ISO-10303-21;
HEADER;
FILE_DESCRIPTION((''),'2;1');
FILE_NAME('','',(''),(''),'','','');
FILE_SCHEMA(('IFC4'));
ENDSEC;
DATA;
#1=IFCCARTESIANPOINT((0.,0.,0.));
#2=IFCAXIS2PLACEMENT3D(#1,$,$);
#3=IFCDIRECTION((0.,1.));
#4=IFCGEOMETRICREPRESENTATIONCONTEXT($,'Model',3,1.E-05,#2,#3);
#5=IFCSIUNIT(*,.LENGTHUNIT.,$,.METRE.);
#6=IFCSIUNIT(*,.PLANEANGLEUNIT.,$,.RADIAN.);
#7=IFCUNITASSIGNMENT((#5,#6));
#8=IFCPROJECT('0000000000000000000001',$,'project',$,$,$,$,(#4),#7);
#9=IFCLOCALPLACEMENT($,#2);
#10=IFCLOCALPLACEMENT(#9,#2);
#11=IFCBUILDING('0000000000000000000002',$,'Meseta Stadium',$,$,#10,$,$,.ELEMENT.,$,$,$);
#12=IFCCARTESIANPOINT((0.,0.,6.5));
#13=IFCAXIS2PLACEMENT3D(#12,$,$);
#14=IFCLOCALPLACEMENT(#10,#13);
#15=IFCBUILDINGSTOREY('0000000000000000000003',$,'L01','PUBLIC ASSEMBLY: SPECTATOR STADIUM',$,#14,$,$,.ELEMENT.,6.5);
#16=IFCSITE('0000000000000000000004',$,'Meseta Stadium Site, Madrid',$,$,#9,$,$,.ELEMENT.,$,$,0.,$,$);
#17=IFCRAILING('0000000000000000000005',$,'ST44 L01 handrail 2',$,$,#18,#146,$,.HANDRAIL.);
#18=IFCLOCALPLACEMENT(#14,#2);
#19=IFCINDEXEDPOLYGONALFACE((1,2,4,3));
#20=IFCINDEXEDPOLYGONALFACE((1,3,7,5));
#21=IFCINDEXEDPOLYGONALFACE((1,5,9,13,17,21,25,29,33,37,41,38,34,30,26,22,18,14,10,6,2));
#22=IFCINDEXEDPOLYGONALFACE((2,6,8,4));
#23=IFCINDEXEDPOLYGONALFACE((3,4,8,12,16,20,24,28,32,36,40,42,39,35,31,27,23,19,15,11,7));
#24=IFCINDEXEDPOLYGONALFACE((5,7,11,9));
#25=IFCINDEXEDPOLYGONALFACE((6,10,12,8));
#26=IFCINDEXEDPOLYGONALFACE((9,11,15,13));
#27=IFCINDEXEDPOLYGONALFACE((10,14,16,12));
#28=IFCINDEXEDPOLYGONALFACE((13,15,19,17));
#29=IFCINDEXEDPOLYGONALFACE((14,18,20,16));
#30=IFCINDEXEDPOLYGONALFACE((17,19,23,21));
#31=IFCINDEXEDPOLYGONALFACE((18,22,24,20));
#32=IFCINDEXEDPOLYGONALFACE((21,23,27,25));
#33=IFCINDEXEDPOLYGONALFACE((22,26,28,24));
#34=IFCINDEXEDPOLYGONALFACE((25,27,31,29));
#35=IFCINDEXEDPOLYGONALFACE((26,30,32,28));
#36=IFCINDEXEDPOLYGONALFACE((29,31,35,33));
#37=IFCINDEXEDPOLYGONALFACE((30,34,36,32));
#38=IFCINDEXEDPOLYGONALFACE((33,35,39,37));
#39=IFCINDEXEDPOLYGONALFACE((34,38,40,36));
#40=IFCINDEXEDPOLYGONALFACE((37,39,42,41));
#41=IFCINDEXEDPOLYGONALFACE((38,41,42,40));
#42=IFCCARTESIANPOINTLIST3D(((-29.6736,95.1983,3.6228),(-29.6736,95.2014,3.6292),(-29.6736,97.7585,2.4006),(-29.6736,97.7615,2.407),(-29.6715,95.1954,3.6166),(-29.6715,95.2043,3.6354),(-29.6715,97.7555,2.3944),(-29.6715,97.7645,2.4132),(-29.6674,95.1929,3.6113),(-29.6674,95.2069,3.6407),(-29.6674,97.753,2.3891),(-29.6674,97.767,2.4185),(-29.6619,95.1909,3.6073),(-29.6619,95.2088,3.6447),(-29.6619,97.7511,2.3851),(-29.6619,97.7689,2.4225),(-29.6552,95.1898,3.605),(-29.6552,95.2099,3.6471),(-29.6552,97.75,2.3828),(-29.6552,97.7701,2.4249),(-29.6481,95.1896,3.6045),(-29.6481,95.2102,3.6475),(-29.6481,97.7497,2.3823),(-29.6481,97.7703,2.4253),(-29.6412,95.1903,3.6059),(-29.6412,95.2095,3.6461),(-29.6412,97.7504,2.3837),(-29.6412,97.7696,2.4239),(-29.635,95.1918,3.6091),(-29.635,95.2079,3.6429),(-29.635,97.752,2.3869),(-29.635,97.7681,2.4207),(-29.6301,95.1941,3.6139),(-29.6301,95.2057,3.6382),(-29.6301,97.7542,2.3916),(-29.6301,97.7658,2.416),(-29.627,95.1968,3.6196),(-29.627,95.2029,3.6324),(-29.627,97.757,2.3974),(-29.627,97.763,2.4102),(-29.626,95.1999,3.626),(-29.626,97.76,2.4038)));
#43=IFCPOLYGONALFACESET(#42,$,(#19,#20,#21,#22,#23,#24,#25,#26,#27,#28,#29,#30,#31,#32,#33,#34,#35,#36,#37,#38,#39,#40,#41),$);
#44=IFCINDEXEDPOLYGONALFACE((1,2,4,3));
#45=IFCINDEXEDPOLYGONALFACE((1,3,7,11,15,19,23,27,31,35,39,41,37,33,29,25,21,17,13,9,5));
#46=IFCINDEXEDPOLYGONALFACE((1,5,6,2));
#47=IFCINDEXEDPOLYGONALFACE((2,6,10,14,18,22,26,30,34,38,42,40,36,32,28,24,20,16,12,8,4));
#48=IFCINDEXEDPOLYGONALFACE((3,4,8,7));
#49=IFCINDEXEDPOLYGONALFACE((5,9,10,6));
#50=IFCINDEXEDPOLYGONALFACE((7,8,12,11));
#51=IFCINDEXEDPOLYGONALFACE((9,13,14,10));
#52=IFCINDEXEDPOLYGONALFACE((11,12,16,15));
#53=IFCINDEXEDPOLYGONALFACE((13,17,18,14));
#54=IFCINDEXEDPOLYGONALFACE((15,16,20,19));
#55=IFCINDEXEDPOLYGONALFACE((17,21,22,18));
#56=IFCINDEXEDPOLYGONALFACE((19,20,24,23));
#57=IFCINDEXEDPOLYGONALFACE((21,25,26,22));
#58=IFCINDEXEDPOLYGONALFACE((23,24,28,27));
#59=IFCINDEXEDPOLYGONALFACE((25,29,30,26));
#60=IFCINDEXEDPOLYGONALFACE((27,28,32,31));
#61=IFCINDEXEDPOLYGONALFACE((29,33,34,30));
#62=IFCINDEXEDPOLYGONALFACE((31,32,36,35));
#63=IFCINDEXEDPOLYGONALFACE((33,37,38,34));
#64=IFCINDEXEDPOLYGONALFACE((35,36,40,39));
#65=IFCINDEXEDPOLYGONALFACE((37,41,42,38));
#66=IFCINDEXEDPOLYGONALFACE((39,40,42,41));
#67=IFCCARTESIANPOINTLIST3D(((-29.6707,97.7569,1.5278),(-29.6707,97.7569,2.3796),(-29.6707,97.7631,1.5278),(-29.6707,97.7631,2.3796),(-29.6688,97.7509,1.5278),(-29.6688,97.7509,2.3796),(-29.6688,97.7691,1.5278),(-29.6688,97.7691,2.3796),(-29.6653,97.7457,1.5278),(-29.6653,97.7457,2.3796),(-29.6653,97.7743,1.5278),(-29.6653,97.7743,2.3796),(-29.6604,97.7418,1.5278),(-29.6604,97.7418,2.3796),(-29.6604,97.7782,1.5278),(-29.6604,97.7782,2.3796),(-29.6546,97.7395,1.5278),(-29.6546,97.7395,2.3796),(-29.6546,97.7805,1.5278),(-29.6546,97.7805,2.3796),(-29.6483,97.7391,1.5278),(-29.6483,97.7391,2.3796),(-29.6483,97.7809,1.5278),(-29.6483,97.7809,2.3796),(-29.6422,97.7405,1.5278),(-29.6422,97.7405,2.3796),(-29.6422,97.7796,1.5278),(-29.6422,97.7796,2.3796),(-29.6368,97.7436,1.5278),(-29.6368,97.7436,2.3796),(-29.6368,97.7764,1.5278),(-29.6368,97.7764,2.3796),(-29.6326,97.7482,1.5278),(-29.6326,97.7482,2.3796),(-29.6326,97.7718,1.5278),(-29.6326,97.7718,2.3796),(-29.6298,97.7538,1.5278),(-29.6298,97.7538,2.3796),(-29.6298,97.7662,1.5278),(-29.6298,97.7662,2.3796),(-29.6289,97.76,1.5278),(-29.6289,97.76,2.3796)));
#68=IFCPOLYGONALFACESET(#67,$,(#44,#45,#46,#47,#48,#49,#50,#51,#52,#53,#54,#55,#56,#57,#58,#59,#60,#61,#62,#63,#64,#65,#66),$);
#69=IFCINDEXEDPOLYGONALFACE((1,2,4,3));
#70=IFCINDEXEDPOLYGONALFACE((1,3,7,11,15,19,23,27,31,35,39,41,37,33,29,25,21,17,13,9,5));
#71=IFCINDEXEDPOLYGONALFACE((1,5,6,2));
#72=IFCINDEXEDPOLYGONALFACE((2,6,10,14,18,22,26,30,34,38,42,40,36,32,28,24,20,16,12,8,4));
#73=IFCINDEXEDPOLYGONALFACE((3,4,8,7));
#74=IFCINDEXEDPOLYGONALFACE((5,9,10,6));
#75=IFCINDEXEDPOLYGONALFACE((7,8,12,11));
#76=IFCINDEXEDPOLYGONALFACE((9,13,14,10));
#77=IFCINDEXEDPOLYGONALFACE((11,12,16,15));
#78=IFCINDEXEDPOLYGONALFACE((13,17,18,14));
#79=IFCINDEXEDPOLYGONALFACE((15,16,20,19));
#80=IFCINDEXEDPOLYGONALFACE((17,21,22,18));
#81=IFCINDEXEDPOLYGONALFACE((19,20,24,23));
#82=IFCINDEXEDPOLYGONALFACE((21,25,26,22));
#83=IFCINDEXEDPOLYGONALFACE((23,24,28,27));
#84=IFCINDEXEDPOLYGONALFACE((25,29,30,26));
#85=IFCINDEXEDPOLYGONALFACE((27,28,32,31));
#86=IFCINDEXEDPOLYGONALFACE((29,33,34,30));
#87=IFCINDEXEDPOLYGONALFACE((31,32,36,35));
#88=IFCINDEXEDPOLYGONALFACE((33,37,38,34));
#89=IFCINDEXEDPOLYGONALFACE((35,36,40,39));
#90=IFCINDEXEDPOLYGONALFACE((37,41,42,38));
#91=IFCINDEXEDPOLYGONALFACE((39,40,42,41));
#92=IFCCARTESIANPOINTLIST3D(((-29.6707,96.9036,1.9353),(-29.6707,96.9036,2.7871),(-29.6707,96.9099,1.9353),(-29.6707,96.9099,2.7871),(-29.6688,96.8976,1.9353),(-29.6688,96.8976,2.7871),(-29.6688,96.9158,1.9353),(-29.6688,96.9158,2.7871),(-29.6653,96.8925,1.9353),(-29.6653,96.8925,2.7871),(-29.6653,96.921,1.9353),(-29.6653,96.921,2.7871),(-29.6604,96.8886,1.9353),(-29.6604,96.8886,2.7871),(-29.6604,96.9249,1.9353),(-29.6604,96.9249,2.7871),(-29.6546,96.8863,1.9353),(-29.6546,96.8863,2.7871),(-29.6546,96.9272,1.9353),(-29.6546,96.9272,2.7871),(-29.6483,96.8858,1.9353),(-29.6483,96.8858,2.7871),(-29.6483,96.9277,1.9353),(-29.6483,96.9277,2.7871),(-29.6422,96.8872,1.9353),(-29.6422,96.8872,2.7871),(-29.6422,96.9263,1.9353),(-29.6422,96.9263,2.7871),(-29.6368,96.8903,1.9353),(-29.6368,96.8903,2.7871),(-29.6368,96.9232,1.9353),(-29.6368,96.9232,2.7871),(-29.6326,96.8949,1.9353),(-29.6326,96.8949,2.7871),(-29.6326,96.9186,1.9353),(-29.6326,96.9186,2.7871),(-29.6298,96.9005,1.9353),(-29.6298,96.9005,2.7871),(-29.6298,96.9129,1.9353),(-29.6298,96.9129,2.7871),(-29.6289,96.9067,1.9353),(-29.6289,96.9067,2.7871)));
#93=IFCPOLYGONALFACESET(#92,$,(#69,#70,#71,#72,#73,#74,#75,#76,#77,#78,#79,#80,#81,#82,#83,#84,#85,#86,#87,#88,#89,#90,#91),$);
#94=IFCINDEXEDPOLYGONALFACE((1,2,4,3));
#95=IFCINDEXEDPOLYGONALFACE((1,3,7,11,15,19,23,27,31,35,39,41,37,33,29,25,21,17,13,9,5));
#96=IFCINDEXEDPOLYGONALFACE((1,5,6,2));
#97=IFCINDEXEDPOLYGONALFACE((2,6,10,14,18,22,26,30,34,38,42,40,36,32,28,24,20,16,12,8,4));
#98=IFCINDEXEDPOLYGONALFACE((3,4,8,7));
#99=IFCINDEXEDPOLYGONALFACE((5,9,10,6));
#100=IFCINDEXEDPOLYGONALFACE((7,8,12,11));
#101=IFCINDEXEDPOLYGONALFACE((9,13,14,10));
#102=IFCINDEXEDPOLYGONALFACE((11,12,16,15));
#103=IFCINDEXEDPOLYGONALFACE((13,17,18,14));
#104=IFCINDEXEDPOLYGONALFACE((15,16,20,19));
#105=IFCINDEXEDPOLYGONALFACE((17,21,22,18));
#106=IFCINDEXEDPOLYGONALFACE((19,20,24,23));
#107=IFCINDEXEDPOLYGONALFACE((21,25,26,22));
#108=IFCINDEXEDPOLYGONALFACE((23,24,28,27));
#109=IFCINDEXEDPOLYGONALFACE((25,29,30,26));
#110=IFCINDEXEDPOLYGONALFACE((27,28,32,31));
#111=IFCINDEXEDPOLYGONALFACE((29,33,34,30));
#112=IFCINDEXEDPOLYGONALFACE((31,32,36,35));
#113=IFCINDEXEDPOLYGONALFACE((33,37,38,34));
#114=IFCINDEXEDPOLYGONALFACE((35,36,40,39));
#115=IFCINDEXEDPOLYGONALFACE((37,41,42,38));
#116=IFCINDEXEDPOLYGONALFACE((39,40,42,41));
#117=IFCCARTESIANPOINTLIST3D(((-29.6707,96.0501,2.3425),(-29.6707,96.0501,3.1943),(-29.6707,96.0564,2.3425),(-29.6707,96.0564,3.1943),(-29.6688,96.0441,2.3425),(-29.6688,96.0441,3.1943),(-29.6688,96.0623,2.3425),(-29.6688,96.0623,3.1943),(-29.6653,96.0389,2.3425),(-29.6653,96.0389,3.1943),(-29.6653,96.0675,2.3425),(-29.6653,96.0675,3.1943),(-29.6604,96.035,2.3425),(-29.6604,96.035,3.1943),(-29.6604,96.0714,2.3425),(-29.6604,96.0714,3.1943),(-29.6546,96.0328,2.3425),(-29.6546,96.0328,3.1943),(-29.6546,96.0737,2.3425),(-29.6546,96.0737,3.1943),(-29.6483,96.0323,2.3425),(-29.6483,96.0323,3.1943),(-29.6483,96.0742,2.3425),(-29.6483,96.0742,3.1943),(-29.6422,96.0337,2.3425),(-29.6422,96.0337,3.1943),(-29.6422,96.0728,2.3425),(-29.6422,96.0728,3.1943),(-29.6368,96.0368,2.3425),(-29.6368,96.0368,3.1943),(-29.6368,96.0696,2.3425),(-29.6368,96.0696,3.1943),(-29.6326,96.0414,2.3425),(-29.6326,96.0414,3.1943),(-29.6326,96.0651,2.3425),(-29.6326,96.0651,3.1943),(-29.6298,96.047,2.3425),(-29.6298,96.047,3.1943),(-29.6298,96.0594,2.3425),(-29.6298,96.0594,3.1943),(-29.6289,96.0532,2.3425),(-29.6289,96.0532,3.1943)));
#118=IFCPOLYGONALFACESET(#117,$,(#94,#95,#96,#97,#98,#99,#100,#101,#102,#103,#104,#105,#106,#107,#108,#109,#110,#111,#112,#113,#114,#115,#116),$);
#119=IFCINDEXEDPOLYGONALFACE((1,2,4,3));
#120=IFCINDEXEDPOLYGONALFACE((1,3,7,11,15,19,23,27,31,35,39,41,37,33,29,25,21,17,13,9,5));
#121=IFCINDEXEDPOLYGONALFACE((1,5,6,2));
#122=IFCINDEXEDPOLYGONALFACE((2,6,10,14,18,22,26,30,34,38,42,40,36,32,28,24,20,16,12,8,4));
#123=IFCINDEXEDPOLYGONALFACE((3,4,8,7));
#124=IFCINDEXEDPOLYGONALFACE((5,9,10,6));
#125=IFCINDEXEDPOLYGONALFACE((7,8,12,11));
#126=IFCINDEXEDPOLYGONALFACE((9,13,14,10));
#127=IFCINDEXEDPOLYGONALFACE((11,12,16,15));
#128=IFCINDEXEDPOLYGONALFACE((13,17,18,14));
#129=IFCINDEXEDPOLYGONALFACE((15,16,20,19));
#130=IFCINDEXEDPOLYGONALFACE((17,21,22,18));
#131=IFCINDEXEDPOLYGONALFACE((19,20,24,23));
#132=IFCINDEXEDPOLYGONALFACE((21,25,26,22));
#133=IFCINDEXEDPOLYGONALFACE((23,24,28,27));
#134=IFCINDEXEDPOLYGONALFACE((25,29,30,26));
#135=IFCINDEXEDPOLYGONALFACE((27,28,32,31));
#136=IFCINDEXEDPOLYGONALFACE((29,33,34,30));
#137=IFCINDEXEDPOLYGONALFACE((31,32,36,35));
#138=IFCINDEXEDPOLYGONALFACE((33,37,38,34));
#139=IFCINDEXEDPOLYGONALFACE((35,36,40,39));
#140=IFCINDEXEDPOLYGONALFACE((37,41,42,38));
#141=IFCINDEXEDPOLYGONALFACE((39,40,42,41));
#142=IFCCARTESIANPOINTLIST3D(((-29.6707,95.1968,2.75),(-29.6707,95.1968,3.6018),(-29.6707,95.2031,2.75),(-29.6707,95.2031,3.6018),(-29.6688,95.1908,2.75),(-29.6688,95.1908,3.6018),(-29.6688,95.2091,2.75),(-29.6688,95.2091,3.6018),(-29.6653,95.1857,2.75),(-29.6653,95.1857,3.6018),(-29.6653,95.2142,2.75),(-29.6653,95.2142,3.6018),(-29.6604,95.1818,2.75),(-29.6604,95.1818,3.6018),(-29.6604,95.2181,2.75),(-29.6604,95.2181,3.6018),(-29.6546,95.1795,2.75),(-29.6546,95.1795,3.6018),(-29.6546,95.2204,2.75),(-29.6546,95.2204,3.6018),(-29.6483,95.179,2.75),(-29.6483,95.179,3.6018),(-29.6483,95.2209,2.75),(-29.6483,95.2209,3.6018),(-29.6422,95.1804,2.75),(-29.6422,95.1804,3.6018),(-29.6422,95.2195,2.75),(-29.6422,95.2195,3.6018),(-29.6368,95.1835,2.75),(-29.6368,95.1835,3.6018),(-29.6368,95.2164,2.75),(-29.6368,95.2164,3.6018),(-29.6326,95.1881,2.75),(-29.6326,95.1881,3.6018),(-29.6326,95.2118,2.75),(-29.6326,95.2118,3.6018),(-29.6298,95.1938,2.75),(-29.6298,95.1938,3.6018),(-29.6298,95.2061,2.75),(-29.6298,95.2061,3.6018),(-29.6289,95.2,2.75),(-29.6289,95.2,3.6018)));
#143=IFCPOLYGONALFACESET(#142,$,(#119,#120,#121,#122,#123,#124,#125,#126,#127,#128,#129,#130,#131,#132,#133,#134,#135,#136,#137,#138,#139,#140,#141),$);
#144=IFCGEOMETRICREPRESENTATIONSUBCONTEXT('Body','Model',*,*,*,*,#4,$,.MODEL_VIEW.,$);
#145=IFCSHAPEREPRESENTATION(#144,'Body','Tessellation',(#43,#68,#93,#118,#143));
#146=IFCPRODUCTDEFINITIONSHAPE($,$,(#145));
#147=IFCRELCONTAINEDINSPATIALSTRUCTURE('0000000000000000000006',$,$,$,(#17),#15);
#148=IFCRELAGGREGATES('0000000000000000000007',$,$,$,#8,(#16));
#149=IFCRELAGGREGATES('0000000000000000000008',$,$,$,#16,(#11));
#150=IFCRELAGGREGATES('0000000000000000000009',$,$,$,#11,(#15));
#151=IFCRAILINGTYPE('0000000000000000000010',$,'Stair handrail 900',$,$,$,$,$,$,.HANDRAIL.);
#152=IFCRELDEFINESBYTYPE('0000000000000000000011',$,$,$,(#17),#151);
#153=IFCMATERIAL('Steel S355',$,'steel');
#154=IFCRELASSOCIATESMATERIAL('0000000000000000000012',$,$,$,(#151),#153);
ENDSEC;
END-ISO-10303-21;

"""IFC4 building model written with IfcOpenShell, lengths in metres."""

from ifc_helpers import new_model, si_unit, direction, frame, origin, origin_2d, place, context, subcontext, project, spatial, circle, extrude, material, type_object, element, save


model = new_model("IFC4")

# Units and contexts
model_context = context("Model", 3, precision=1e-05, world=origin(), true_north=direction((0.0, 1.0)))
body_context = subcontext(model_context, "Body", "Model", "MODEL_VIEW")
ifc_project = project(units=[si_unit("LENGTHUNIT", "METRE"), si_unit("PLANEANGLEUNIT", "RADIAN")], contexts=[model_context])

# Site, building, storey
site_placement = place(None, origin())
site = spatial("IfcSite", under=ifc_project, at=site_placement, Name="Meseta Stadium Site, Madrid", CompositionType="ELEMENT", RefElevation=0.0)
building_placement = place(site_placement, origin())
building = spatial("IfcBuilding", under=site, at=building_placement, Name="Meseta Stadium", CompositionType="ELEMENT")
storey_placement = place(building_placement, frame((0.0, 0.0, 6.5)))
storey = spatial("IfcBuildingStorey", under=building, at=storey_placement, Name="L01", Description="PUBLIC ASSEMBLY: SPECTATOR STADIUM", CompositionType="ELEMENT", Elevation=6.5)

# Railing
ifc_material_1 = material(Name="Steel S355", Category="steel")
railing_type_1 = type_object("IfcRailingType", Name="Stair handrail 900", PredefinedType="HANDRAIL", material=ifc_material_1)
railing_1_placement = place(storey_placement, frame((-29.6499, 97.76, 1.5278)))
element("IfcRailing", 1, at=railing_1_placement, inside=storey, type_object=railing_type_1, Name="ST44 L01 handrail 2", PredefinedType="HANDRAIL", context=body_context, shape_type="SweptSolid", body=[
    extrude(circle(Radius=0.0239, at=origin_2d()), frame((0.0, 0.0, 0.876), z_axis=(0.0, -0.902437, 0.430822), x_axis=(1.0, 0.0, 0.0)), (0.0, 0.0, 1.0), 2.8369),
    extrude(circle(Radius=0.021, at=origin_2d()), origin(), (0.0, 0.0, 1.0), 0.8518),
    extrude(circle(Radius=0.021, at=origin_2d()), frame((0.0, -0.8533, 0.4075)), (0.0, 0.0, 1.0), 0.8518),
    extrude(circle(Radius=0.021, at=origin_2d()), frame((0.0, -1.7068, 0.8147)), (0.0, 0.0, 1.0), 0.8518),
    extrude(circle(Radius=0.021, at=origin_2d()), frame((0.0, -2.5601, 1.2222)), (0.0, 0.0, 1.0), 0.8518),
])

save(model, "model.ifc")
